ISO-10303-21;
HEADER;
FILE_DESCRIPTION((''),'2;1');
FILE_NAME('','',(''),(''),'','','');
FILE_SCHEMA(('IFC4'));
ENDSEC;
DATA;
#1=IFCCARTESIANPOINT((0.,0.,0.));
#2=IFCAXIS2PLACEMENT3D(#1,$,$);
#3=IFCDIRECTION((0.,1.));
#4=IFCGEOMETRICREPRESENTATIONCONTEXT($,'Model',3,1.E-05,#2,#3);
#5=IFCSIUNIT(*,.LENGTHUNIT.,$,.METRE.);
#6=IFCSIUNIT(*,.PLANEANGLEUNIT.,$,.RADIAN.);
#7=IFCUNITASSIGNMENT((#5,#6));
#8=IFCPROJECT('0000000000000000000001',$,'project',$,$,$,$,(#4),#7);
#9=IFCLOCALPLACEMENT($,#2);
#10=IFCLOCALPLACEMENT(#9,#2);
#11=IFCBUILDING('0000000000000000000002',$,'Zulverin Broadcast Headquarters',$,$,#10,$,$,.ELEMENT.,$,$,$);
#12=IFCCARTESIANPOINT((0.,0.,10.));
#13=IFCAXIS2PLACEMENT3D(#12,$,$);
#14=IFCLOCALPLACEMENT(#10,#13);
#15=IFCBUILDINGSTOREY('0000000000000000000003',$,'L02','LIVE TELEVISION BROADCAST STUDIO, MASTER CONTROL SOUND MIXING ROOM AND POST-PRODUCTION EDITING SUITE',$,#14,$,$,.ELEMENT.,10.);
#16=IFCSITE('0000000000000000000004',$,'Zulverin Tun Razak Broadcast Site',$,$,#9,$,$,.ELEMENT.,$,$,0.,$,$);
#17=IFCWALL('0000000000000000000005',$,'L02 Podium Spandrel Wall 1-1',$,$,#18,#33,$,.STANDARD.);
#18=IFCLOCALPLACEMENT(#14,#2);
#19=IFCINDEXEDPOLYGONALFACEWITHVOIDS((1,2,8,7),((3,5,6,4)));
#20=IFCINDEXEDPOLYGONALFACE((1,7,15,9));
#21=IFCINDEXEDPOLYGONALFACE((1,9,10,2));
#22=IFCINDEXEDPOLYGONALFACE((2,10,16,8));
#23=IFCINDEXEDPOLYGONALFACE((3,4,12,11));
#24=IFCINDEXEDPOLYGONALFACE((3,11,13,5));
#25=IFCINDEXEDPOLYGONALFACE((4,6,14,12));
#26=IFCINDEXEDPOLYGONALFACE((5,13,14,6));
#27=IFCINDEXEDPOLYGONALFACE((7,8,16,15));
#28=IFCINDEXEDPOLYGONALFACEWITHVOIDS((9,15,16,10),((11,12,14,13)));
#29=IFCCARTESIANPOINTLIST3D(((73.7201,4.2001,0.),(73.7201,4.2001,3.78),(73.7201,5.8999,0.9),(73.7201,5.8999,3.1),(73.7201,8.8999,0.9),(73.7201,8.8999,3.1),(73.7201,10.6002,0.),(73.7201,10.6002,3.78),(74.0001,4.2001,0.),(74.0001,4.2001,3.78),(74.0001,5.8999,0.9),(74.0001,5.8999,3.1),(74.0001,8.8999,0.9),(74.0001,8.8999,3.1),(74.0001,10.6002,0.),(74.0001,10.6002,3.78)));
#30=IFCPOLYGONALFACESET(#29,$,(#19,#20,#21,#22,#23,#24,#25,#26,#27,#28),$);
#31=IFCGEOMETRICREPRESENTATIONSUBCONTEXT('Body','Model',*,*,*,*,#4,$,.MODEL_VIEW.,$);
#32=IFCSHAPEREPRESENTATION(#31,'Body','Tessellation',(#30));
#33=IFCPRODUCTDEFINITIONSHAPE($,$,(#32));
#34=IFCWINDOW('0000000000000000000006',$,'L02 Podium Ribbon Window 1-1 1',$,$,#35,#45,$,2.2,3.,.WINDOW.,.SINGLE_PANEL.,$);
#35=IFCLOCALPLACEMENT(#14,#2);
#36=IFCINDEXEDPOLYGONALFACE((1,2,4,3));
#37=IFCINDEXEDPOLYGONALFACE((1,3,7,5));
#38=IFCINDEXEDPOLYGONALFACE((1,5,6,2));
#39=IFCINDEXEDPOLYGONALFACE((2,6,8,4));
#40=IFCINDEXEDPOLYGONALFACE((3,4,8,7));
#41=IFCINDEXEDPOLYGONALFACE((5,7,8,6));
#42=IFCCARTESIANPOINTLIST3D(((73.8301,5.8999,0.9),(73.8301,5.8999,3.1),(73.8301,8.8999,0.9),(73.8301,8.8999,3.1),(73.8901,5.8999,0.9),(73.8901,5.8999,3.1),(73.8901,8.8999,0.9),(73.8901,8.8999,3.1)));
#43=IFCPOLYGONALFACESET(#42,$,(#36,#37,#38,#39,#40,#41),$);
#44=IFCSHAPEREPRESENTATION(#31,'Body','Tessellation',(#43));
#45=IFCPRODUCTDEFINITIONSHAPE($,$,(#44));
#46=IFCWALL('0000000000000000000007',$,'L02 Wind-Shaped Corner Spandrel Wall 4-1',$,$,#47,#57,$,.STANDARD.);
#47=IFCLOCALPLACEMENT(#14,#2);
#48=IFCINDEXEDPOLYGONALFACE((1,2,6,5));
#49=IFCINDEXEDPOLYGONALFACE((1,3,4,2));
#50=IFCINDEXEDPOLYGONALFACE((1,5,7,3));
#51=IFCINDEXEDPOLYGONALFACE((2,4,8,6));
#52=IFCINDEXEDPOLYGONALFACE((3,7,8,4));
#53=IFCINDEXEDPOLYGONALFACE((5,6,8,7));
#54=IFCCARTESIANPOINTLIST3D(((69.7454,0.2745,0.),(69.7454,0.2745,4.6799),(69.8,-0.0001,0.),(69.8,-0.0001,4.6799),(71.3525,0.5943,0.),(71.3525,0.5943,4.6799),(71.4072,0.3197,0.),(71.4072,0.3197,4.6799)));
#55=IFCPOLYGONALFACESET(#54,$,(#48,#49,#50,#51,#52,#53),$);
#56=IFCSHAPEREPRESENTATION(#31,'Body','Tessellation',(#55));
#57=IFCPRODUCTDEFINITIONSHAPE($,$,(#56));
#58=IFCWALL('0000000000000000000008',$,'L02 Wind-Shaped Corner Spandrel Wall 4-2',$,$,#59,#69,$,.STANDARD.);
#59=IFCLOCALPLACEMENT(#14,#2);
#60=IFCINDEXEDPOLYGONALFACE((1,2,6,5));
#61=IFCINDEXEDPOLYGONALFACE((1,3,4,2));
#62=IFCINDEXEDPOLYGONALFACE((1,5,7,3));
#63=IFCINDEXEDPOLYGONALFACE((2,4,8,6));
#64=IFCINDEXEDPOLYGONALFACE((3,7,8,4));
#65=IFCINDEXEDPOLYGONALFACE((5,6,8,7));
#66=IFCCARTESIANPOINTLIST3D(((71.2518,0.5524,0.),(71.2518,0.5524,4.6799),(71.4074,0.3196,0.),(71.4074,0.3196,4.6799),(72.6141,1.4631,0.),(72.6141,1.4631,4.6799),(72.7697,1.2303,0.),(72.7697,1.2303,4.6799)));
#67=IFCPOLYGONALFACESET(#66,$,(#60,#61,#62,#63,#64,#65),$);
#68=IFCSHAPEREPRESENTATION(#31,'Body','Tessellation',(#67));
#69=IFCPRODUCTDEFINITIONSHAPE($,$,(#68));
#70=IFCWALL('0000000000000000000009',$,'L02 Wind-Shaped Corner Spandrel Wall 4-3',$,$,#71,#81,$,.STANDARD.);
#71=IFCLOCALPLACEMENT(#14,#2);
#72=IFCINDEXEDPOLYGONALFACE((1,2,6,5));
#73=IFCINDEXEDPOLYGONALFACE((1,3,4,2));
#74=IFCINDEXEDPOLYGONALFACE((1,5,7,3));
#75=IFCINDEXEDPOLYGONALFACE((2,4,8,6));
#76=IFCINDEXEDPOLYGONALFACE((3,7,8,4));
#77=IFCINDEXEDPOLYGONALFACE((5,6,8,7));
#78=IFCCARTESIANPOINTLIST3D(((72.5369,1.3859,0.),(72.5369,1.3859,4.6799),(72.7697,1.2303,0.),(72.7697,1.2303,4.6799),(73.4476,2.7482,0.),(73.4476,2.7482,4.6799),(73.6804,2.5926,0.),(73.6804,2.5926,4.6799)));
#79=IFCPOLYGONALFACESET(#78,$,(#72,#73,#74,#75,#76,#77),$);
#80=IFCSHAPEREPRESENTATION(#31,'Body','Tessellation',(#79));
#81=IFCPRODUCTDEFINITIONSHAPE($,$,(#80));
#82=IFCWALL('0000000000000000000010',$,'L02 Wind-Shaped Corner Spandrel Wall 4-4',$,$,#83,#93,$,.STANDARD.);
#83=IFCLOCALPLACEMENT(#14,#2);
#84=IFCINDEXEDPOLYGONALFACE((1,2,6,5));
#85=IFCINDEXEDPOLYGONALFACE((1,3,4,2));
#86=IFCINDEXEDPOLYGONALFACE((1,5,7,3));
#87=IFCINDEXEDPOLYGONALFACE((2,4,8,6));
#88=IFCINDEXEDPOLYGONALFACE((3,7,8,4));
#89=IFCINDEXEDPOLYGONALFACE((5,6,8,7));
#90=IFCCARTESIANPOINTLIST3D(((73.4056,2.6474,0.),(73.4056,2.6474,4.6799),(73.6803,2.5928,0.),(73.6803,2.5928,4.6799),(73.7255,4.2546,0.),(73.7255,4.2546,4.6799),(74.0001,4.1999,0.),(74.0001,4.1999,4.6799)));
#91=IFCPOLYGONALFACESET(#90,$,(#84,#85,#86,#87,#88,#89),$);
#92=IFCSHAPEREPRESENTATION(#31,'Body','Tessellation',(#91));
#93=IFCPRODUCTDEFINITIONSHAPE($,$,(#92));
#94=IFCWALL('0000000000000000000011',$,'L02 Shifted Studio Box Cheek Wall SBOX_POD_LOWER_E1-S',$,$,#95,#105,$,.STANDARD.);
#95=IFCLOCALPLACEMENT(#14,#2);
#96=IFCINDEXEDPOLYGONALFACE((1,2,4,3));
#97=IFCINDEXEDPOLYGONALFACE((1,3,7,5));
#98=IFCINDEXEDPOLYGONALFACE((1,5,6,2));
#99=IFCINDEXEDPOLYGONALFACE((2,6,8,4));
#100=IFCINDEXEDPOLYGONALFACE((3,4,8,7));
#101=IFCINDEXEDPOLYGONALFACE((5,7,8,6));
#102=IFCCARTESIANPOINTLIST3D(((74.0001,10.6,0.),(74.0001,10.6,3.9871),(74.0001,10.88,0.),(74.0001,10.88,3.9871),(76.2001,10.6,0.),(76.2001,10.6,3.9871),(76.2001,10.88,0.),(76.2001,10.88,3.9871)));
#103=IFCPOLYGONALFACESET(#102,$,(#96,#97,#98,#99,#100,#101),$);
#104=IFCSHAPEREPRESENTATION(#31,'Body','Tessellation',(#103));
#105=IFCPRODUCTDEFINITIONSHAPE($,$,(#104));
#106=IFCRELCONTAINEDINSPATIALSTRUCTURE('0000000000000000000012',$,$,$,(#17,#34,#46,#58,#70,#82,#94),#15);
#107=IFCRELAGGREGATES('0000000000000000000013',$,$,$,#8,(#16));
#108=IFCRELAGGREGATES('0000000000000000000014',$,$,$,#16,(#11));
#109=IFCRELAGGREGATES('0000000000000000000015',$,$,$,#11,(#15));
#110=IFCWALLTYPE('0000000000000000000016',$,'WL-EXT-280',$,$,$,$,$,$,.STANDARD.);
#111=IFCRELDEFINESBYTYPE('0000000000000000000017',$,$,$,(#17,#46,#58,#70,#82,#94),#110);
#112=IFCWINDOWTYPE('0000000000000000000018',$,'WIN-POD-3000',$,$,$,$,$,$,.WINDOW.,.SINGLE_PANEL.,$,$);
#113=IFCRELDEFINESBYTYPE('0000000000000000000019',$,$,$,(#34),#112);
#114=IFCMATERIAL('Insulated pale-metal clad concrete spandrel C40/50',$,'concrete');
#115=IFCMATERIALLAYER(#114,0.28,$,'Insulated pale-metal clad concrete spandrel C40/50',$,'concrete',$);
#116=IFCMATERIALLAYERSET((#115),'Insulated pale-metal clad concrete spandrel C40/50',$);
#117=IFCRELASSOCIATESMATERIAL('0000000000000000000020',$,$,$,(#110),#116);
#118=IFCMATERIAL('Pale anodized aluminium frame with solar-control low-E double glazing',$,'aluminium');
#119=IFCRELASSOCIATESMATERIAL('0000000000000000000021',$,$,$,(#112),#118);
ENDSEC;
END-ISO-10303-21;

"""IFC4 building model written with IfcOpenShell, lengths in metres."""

from ifc_helpers import new_model, si_unit, direction, frame, frame_2d, origin, place, context, subcontext, project, spatial, rectangle, extrude, material, layer, layer_set, type_object, element, fill, save


model = new_model("IFC4")

# Units and contexts
model_context = context("Model", 3, precision=1e-05, world=origin(), true_north=direction((0.0, 1.0)))
body_context = subcontext(model_context, "Body", "Model", "MODEL_VIEW")
ifc_project = project(units=[si_unit("LENGTHUNIT", "METRE"), si_unit("PLANEANGLEUNIT", "RADIAN")], contexts=[model_context])

# Site, building, storey
site_placement = place(None, origin())
site = spatial("IfcSite", under=ifc_project, at=site_placement, Name="Zulverin Tun Razak Broadcast Site", CompositionType="ELEMENT", RefElevation=0.0)
building_placement = place(site_placement, origin())
building = spatial("IfcBuilding", under=site, at=building_placement, Name="Zulverin Broadcast Headquarters", CompositionType="ELEMENT")
storey_placement = place(building_placement, frame((0.0, 0.0, 10.0)))
storey = spatial("IfcBuildingStorey", under=building, at=storey_placement, Name="L02", Description="LIVE TELEVISION BROADCAST STUDIO, MASTER CONTROL SOUND MIXING ROOM AND POST-PRODUCTION EDITING SUITE", CompositionType="ELEMENT", Elevation=10.0)

# Wall, opening, window
ifc_material_1 = material(Name="Insulated pale-metal clad concrete spandrel C40/50", Category="concrete")
ifc_layer_1 = layer(ifc_material_1, 0.28, Name="Insulated pale-metal clad concrete spandrel C40/50", Category="concrete")
ifc_layer_set_1 = layer_set([ifc_layer_1], Name="Insulated pale-metal clad concrete spandrel C40/50")
wall_type = type_object("IfcWallType", Name="WL-EXT-280", PredefinedType="STANDARD", material=ifc_layer_set_1)
wall_1_placement = place(storey_placement, frame((73.8601, 4.2, 0.0), z_axis=(0.0, 0.0, 1.0), x_axis=(0.0, 1.0, 0.0)))
wall_1 = element("IfcWall", 1, at=wall_1_placement, inside=storey, type_object=wall_type, Name="L02 Podium Spandrel Wall 1-1", PredefinedType="STANDARD", context=body_context, shape_type="SweptSolid", body=[
    extrude(rectangle(XDim=6.4001, YDim=0.28, at=frame_2d((3.2002, 0.0))), origin(), (0.0, 0.0, 1.0), 3.78),
])
opening_placement = place(wall_1_placement, frame((1.7, 0.0, 0.8999)))
opening = element("IfcOpeningElement", 2, at=opening_placement, cuts=wall_1, PredefinedType="OPENING", context=body_context, shape_type="SweptSolid", body=[
    extrude(rectangle(XDim=3.0, YDim=2.2, at=frame_2d((1.5, 1.1001))), frame((0.0, 0.1499, 0.0), z_axis=(0.0, -1.0, 0.0), x_axis=(1.0, 0.0, 0.0)), (0.0, 0.0, 1.0), 0.3),
])
ifc_material_2 = material(Name="Pale anodized aluminium frame with solar-control low-E double glazing", Category="aluminium")
window_type = type_object("IfcWindowType", Name="WIN-POD-3000", PartitioningType="SINGLE_PANEL", PredefinedType="WINDOW", material=ifc_material_2)
window_placement = place(opening_placement, origin())
window = element("IfcWindow", 3, at=window_placement, inside=storey, type_object=window_type, Name="L02 Podium Ribbon Window 1-1 1", OverallHeight=2.2, OverallWidth=3.0, PartitioningType="SINGLE_PANEL", PredefinedType="WINDOW", context=body_context, shape_type="SweptSolid", body=[
    extrude(rectangle(XDim=3.0, YDim=2.2, at=frame_2d((1.5, 1.1001))), frame((0.0, 0.03, 0.0), z_axis=(0.0, -1.0, 0.0), x_axis=(1.0, 0.0, 0.0)), (0.0, 0.0, 1.0), 0.0601),
])
fill(opening, window)

# Walls
for number, where, z_axis, x_axis, name in (
    (4, (69.7727, 0.1372, 0.0), (0.0, 0.0, 1.0), (0.980769, 0.195171, 0.0), "L02 Wind-Shaped Corner Spandrel Wall 4-1"),
    (5, (71.3296, 0.436, 0.0), (0.0, 0.0, 1.0), (0.831362, 0.555731, 0.0), "L02 Wind-Shaped Corner Spandrel Wall 4-2"),
    (6, (72.6533, 1.3081, 0.0), (0.0, 0.0, 1.0), (0.555731, 0.831362, 0.0), "L02 Wind-Shaped Corner Spandrel Wall 4-3"),
    (7, (73.543, 2.6201, 0.0), (0.0, 0.0, 1.0), (0.195171, 0.980769, 0.0), "L02 Wind-Shaped Corner Spandrel Wall 4-4"),
):
    element("IfcWall", number, at=place(storey_placement, frame(where, z_axis=z_axis, x_axis=x_axis)), inside=storey, type_object=wall_type, Name=name, PredefinedType="STANDARD", context=body_context, shape_type="SweptSolid", body=[
        extrude(rectangle(XDim=1.6387, YDim=0.28, at=frame_2d((0.8193, 0.0))), origin(), (0.0, 0.0, 1.0), 4.6799),
    ])
wall_2_placement = place(storey_placement, frame((74.0, 10.74, 0.0), z_axis=(0.0, 0.0, 1.0), x_axis=(1.0, 0.0, 0.0)))
element("IfcWall", 8, at=wall_2_placement, inside=storey, type_object=wall_type, Name="L02 Shifted Studio Box Cheek Wall SBOX_POD_LOWER_E1-S", PredefinedType="STANDARD", context=body_context, shape_type="SweptSolid", body=[
    extrude(rectangle(XDim=2.2, YDim=0.28, at=frame_2d((1.1001, 0.0))), origin(), (0.0, 0.0, 1.0), 3.9871),
])

save(model, "model.ifc")
